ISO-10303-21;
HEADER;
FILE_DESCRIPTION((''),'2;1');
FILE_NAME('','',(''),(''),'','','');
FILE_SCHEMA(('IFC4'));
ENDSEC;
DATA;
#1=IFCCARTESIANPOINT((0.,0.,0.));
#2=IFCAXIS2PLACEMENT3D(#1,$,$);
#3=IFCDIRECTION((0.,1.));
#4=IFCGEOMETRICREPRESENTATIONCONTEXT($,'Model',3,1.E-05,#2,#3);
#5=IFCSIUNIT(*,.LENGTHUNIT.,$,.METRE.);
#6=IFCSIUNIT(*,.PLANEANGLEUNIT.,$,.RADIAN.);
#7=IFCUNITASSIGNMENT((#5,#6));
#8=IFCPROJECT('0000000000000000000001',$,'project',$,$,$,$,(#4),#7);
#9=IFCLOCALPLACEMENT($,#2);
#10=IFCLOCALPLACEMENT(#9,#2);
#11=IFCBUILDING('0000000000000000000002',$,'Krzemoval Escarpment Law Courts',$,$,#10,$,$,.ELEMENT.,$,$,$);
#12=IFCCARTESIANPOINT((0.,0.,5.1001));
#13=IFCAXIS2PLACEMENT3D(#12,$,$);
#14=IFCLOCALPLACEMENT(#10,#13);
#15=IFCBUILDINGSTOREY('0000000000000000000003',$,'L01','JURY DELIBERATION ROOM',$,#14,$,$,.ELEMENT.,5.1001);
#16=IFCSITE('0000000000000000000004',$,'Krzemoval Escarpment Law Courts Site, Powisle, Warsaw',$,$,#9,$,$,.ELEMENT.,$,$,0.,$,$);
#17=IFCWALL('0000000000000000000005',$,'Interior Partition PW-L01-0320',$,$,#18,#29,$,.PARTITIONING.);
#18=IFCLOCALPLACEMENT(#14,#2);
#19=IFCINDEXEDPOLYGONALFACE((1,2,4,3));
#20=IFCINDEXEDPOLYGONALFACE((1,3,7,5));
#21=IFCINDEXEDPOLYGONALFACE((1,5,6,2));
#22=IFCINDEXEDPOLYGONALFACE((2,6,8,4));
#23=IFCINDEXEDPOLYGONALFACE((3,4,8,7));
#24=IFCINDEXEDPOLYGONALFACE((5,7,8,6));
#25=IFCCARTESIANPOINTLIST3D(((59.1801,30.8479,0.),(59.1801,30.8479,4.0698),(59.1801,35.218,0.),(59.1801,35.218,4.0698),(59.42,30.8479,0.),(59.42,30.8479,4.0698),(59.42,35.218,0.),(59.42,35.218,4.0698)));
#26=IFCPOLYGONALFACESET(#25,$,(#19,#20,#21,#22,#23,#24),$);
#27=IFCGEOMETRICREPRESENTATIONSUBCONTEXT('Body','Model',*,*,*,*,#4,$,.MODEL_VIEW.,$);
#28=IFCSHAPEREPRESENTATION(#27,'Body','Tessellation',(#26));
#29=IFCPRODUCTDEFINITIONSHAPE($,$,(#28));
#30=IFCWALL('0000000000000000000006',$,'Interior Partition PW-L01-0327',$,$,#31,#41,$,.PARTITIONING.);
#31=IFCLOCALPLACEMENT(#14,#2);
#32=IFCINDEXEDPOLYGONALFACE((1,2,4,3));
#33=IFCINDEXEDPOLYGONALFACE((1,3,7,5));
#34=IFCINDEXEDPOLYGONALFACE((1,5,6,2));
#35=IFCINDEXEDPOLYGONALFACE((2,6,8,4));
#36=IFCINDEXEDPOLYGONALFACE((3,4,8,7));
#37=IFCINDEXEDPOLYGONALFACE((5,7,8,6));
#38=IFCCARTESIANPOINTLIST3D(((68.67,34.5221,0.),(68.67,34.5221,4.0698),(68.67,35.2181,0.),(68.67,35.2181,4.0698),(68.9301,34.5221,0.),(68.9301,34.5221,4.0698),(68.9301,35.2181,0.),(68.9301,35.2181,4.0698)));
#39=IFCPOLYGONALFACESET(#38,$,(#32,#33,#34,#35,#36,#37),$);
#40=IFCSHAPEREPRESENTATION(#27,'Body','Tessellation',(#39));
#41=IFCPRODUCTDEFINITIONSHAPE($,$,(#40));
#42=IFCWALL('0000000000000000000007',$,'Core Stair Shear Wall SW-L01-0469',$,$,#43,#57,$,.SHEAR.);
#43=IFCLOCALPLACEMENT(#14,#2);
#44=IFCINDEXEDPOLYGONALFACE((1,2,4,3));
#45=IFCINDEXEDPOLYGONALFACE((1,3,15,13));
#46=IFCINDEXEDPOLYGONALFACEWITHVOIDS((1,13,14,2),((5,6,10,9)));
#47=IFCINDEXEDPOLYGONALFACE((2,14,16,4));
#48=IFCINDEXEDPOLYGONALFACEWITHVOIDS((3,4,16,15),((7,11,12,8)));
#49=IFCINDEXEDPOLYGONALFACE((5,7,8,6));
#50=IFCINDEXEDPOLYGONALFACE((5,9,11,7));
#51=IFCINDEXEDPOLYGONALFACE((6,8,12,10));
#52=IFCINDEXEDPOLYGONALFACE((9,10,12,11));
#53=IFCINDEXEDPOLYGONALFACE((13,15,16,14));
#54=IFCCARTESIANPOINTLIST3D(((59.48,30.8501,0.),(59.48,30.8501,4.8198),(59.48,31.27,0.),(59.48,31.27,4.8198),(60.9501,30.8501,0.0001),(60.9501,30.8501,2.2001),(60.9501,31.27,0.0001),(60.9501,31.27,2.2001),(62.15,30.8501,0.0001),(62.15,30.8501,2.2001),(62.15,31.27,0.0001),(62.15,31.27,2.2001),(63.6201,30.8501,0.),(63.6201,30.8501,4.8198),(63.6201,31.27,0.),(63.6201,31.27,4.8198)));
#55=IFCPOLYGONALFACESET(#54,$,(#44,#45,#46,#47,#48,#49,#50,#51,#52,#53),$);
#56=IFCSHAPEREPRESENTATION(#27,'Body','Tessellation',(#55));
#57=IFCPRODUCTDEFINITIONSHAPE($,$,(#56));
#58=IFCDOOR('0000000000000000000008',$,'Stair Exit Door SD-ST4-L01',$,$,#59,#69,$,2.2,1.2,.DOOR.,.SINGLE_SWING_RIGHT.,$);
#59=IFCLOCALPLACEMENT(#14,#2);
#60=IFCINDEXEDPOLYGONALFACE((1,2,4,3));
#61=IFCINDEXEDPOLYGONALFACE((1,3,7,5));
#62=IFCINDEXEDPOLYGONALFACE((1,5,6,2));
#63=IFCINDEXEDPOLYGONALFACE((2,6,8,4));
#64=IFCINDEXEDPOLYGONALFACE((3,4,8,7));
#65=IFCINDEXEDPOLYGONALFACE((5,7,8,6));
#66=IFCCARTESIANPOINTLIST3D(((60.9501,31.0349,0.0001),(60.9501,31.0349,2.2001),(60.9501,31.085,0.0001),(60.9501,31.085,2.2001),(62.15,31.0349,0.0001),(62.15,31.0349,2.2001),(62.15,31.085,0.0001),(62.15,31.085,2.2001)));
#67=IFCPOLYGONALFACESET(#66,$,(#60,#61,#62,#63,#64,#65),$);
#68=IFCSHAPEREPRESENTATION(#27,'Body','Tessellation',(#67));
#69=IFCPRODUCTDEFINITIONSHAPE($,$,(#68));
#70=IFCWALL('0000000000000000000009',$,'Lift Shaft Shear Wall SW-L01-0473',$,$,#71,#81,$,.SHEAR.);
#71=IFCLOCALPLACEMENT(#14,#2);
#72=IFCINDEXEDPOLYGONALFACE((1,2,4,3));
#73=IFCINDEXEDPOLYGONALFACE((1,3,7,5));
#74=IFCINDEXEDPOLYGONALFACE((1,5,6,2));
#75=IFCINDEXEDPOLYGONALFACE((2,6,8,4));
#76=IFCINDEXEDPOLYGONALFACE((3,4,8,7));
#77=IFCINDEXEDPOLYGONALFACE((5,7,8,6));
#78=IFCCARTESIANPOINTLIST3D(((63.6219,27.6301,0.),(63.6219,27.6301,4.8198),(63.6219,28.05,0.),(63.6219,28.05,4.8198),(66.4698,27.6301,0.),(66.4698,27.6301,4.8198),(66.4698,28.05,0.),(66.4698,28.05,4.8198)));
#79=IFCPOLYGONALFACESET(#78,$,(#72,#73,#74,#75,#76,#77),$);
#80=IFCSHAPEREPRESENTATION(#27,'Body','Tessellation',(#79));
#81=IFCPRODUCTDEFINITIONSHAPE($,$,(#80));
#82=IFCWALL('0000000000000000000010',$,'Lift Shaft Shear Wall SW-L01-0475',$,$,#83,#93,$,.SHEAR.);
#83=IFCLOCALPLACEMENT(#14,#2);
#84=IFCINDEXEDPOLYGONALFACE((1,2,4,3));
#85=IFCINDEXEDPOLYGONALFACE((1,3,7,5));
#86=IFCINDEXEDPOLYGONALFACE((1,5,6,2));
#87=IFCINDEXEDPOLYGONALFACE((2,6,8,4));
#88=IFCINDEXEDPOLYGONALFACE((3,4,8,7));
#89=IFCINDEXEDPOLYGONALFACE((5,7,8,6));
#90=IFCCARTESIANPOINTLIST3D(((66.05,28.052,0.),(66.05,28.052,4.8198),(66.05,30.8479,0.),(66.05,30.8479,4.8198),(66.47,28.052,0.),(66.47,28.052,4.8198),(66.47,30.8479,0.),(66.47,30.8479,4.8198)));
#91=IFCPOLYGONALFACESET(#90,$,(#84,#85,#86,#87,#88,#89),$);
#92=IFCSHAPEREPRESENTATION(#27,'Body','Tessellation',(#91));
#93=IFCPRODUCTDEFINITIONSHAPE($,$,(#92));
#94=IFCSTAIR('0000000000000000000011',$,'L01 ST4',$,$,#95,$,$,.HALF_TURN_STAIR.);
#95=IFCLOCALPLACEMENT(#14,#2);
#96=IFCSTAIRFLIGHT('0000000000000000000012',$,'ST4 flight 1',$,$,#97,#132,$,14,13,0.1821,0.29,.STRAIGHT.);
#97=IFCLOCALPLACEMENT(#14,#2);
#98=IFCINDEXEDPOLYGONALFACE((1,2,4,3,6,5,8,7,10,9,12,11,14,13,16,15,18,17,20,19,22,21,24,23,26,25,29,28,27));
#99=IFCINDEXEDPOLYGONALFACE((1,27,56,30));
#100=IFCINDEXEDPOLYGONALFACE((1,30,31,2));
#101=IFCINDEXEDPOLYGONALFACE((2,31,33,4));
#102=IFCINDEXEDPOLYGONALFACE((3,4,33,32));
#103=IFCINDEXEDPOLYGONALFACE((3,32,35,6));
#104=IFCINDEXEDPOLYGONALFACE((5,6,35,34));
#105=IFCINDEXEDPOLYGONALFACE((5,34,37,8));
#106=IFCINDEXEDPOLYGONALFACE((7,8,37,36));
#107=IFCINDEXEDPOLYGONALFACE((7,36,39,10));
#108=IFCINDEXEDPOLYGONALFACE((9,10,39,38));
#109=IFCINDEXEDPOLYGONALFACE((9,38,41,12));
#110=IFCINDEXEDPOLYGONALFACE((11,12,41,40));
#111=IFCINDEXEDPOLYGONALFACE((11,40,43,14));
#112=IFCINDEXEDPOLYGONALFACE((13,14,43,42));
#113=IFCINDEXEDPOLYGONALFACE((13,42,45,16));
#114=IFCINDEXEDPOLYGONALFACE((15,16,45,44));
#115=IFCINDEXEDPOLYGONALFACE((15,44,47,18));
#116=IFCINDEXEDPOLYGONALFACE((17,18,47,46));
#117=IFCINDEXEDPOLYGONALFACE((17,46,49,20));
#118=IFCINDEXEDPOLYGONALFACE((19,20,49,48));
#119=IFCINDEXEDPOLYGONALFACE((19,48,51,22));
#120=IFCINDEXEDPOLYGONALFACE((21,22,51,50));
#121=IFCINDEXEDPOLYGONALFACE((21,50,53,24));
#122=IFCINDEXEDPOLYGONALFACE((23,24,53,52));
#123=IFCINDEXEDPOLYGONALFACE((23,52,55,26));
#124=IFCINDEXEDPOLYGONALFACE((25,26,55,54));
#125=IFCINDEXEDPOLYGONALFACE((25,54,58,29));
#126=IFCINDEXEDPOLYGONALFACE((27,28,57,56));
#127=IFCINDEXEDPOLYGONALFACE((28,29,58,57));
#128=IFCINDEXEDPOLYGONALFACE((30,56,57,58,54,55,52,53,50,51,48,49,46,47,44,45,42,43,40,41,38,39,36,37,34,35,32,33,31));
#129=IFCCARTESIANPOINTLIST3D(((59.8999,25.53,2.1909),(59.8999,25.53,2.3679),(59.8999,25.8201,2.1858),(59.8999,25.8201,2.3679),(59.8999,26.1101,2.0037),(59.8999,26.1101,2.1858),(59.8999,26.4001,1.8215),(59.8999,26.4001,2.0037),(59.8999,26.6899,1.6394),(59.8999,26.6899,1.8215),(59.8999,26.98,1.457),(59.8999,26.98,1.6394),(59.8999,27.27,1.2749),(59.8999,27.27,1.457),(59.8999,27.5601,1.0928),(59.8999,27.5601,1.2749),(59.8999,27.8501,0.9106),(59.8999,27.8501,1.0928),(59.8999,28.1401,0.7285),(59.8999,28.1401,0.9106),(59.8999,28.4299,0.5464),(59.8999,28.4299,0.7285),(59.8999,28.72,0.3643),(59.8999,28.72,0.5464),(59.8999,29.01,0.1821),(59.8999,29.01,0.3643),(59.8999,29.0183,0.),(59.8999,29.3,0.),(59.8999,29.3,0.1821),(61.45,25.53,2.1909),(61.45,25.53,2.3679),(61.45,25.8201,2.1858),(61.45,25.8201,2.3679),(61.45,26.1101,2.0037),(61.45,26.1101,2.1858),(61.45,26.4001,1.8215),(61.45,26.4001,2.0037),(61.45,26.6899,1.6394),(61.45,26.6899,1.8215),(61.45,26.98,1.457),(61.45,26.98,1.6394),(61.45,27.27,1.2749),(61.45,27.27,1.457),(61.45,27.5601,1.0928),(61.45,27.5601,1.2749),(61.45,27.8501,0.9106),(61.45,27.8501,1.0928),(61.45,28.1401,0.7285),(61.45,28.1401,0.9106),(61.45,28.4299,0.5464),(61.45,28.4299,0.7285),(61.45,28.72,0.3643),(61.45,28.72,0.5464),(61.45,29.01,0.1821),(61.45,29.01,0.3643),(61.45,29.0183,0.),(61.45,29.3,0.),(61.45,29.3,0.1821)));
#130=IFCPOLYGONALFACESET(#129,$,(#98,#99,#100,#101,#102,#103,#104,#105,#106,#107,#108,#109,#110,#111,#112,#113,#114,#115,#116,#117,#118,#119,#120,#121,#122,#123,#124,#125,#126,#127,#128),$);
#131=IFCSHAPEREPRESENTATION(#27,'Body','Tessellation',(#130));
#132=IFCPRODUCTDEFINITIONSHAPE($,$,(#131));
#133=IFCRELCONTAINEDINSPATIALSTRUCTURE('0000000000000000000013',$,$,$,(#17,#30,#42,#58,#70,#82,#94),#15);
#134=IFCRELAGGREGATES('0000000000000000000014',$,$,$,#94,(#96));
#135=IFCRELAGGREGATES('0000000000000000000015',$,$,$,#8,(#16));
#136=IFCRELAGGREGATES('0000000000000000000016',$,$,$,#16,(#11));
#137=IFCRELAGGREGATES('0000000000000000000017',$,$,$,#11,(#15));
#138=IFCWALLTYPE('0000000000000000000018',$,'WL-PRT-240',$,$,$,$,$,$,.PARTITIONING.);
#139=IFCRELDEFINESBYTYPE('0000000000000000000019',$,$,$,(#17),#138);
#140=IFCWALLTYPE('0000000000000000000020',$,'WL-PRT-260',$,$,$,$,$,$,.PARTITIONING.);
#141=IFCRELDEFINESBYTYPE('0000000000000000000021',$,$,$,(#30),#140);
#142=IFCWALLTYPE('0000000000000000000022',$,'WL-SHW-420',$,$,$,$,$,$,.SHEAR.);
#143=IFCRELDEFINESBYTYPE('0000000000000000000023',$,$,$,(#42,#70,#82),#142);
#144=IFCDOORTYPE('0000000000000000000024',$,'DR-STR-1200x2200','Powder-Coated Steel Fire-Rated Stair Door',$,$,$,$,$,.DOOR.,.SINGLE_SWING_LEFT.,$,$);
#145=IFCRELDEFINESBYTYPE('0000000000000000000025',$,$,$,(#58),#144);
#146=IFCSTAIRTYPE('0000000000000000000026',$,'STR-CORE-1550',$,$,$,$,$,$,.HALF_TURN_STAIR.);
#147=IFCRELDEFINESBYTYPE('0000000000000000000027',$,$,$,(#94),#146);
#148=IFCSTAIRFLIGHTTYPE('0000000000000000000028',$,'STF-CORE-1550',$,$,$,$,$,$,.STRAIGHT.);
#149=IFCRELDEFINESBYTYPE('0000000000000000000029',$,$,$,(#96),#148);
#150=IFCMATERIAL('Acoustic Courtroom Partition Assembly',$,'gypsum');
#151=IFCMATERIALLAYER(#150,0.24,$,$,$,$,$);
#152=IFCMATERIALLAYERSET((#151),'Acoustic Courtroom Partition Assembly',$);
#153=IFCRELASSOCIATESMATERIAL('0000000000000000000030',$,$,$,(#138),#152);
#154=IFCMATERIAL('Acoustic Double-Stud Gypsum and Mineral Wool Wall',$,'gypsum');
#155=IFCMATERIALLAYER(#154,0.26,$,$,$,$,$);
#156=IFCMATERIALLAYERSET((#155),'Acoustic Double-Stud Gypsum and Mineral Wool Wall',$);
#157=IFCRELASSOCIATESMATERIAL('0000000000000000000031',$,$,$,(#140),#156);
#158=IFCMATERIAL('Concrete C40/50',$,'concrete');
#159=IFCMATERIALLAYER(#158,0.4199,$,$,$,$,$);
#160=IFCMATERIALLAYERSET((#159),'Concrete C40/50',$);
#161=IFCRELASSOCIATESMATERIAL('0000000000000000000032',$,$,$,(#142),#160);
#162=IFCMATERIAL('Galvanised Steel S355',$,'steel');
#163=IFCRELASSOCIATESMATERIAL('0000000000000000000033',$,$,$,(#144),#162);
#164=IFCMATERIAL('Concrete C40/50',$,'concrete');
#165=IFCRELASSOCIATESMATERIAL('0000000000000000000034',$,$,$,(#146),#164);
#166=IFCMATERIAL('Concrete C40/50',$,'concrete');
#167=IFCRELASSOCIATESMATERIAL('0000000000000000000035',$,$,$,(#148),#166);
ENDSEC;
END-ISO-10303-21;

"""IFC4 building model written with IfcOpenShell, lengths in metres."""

from ifc_helpers import new_model, si_unit, direction, frame, frame_2d, origin, place, context, subcontext, project, spatial, polyline, rectangle, outline, extrude, material, layer, layer_set, type_object, element, fill, aggregate, save


model = new_model("IFC4")

# Units and contexts
model_context = context("Model", 3, precision=1e-05, world=origin(), true_north=direction((0.0, 1.0)))
body_context = subcontext(model_context, "Body", "Model", "MODEL_VIEW")
ifc_project = project(units=[si_unit("LENGTHUNIT", "METRE"), si_unit("PLANEANGLEUNIT", "RADIAN")], contexts=[model_context])

# Site, building, storey
site_placement = place(None, origin())
site = spatial("IfcSite", under=ifc_project, at=site_placement, Name="Krzemoval Escarpment Law Courts Site, Powisle, Warsaw", CompositionType="ELEMENT", RefElevation=0.0)
building_placement = place(site_placement, origin())
building = spatial("IfcBuilding", under=site, at=building_placement, Name="Krzemoval Escarpment Law Courts", CompositionType="ELEMENT")
storey_placement = place(building_placement, frame((0.0, 0.0, 5.1001)))
storey = spatial("IfcBuildingStorey", under=building, at=storey_placement, Name="L01", Description="JURY DELIBERATION ROOM", CompositionType="ELEMENT", Elevation=5.1001)

# Walls
ifc_material_1 = material(Name="Acoustic Courtroom Partition Assembly", Category="gypsum")
ifc_layer_1 = layer(ifc_material_1, 0.24)
ifc_layer_set_1 = layer_set([ifc_layer_1], Name="Acoustic Courtroom Partition Assembly")
wall_type_1 = type_object("IfcWallType", Name="WL-PRT-240", PredefinedType="PARTITIONING", material=ifc_layer_set_1)
wall_1_placement = place(storey_placement, frame((59.3, 30.8479, 0.0), z_axis=(0.0, 0.0, 1.0), x_axis=(0.0, 1.0, 0.0)))
element("IfcWall", 1, at=wall_1_placement, inside=storey, type_object=wall_type_1, Name="Interior Partition PW-L01-0320", PredefinedType="PARTITIONING", context=body_context, shape_type="SweptSolid", body=[
    extrude(rectangle(XDim=4.3701, YDim=0.24, at=frame_2d((2.1851, 0.0))), origin(), (0.0, 0.0, 1.0), 4.0698),
])
ifc_material_2 = material(Name="Acoustic Double-Stud Gypsum and Mineral Wool Wall", Category="gypsum")
ifc_layer_2 = layer(ifc_material_2, 0.26)
ifc_layer_set_2 = layer_set([ifc_layer_2], Name="Acoustic Double-Stud Gypsum and Mineral Wool Wall")
wall_type_2 = type_object("IfcWallType", Name="WL-PRT-260", PredefinedType="PARTITIONING", material=ifc_layer_set_2)
wall_2_placement = place(storey_placement, frame((68.8, 34.522, 0.0), z_axis=(0.0, 0.0, 1.0), x_axis=(0.0, 1.0, 0.0)))
element("IfcWall", 2, at=wall_2_placement, inside=storey, type_object=wall_type_2, Name="Interior Partition PW-L01-0327", PredefinedType="PARTITIONING", context=body_context, shape_type="SweptSolid", body=[
    extrude(rectangle(XDim=0.696, YDim=0.26, at=frame_2d((0.3481, 0.0))), origin(), (0.0, 0.0, 1.0), 4.0698),
])

# Wall, opening, door
ifc_material_3 = material(Name="Concrete C40/50", Category="concrete")
ifc_layer_3 = layer(ifc_material_3, 0.4199)
ifc_layer_set_3 = layer_set([ifc_layer_3], Name="Concrete C40/50")
wall_type_3 = type_object("IfcWallType", Name="WL-SHW-420", PredefinedType="SHEAR", material=ifc_layer_set_3)
wall_3_placement = place(storey_placement, frame((59.48, 31.0601, 0.0), z_axis=(0.0, 0.0, 1.0), x_axis=(1.0, 0.0, 0.0)))
wall_3 = element("IfcWall", 3, at=wall_3_placement, inside=storey, type_object=wall_type_3, Name="Core Stair Shear Wall SW-L01-0469", PredefinedType="SHEAR", context=body_context, shape_type="SweptSolid", body=[
    extrude(rectangle(XDim=4.1401, YDim=0.4199, at=frame_2d((2.0701, 0.0))), origin(), (0.0, 0.0, 1.0), 4.8198),
])
opening_1_placement = place(wall_3_placement, frame((1.47, 0.0, 0.0)))
opening_1 = element("IfcOpeningElement", 4, at=opening_1_placement, cuts=wall_3, PredefinedType="OPENING", context=body_context, shape_type="SweptSolid", body=[
    extrude(rectangle(XDim=1.2, YDim=2.2, at=frame_2d((0.6001, 1.1001))), frame((0.0, 0.225, 0.0), z_axis=(0.0, -1.0, 0.0), x_axis=(1.0, 0.0, 0.0)), (0.0, 0.0, 1.0), 0.4499),
])
ifc_material_4 = material(Name="Galvanised Steel S355", Category="steel")
door_type_1 = type_object("IfcDoorType", Name="DR-STR-1200x2200", Description="Powder-Coated Steel Fire-Rated Stair Door", OperationType="SINGLE_SWING_LEFT", PredefinedType="DOOR", material=ifc_material_4)
door_1_placement = place(opening_1_placement, origin())
door_1 = element("IfcDoor", 5, at=door_1_placement, inside=storey, type_object=door_type_1, Name="Stair Exit Door SD-ST4-L01", OperationType="SINGLE_SWING_RIGHT", OverallHeight=2.2, OverallWidth=1.2, PredefinedType="DOOR", context=body_context, shape_type="SweptSolid", body=[
    extrude(rectangle(XDim=1.2, YDim=2.2, at=frame_2d((0.6001, 1.1001))), frame((0.0, 0.0249, 0.0), z_axis=(0.0, -1.0, 0.0), x_axis=(1.0, 0.0, 0.0)), (0.0, 0.0, 1.0), 0.05),
])
fill(opening_1, door_1)

# Wall
wall_4_placement = place(storey_placement, frame((63.6221, 27.8401, 0.0), z_axis=(0.0, 0.0, 1.0), x_axis=(1.0, 0.0, 0.0)))
element("IfcWall", 6, at=wall_4_placement, inside=storey, type_object=wall_type_3, Name="Lift Shaft Shear Wall SW-L01-0473", PredefinedType="SHEAR", context=body_context, shape_type="SweptSolid", body=[
    extrude(rectangle(XDim=2.8479, YDim=0.4199, at=frame_2d((1.4238, 0.0))), origin(), (0.0, 0.0, 1.0), 4.8198),
])

# Wall
wall_5_placement = place(storey_placement, frame((66.26, 28.052, 0.0), z_axis=(0.0, 0.0, 1.0), x_axis=(0.0, 1.0, 0.0)))
element("IfcWall", 7, at=wall_5_placement, inside=storey, type_object=wall_type_3, Name="Lift Shaft Shear Wall SW-L01-0475", PredefinedType="SHEAR", context=body_context, shape_type="SweptSolid", body=[
    extrude(rectangle(XDim=2.7959, YDim=0.4199, at=frame_2d((1.3979, 0.0))), origin(), (0.0, 0.0, 1.0), 4.8198),
])

# Stair, stair flight
ifc_material_5 = material(Name="Concrete C40/50", Category="concrete")
stair_type = type_object("IfcStairType", Name="STR-CORE-1550", PredefinedType="HALF_TURN_STAIR", material=ifc_material_5)
stair_placement = place(storey_placement, origin())
stair = element("IfcStair", 8, at=stair_placement, inside=storey, type_object=stair_type, Name="L01 ST4", PredefinedType="HALF_TURN_STAIR")
ifc_material_6 = material(Name="Concrete C40/50", Category="concrete")
stair_flight_type = type_object("IfcStairFlightType", Name="STF-CORE-1550", PredefinedType="STRAIGHT", material=ifc_material_6)
stair_flight_placement = place(storey_placement, frame((60.675, 29.3, 0.0), z_axis=(0.0, 0.0, 1.0), x_axis=(0.0, -1.0, 0.0)))
stair_flight = element("IfcStairFlight", 9, at=stair_flight_placement, type_object=stair_flight_type, Name="ST4 flight 1", NumberOfRisers=14, NumberOfTreads=13, PredefinedType="STRAIGHT", RiserHeight=0.1821, TreadLength=0.29, context=body_context, shape_type="SweptSolid", body=[
    extrude(outline(polyline([(0.0, 0.0), (0.0, 0.1821), (0.29, 0.1821), (0.29, 0.3643), (0.5801, 0.3643), (0.5801, 0.5464), (0.8701, 0.5464), (0.8701, 0.7285), (1.1599, 0.7285), (1.1599, 0.9106), (1.45, 0.9106), (1.45, 1.0928), (1.74, 1.0928), (1.74, 1.2749), (2.03, 1.2749), (2.03, 1.457), (2.3201, 1.457), (2.3201, 1.6394), (2.6101, 1.6394), (2.6101, 1.8215), (2.8999, 1.8215), (2.8999, 2.0037), (3.1899, 2.0037), (3.1899, 2.1858), (3.48, 2.1858), (3.48, 2.3679), (3.77, 2.3679), (3.77, 2.55), (3.77, 2.1909), (0.2817, 0.0), (0.0, 0.0)])), frame((0.0, 0.7749, 0.0), z_axis=(0.0, -1.0, 0.0), x_axis=(1.0, 0.0, 0.0)), (0.0, 0.0, 1.0), 1.55),
])
aggregate(stair, [stair_flight])

save(model, "model.ifc")
